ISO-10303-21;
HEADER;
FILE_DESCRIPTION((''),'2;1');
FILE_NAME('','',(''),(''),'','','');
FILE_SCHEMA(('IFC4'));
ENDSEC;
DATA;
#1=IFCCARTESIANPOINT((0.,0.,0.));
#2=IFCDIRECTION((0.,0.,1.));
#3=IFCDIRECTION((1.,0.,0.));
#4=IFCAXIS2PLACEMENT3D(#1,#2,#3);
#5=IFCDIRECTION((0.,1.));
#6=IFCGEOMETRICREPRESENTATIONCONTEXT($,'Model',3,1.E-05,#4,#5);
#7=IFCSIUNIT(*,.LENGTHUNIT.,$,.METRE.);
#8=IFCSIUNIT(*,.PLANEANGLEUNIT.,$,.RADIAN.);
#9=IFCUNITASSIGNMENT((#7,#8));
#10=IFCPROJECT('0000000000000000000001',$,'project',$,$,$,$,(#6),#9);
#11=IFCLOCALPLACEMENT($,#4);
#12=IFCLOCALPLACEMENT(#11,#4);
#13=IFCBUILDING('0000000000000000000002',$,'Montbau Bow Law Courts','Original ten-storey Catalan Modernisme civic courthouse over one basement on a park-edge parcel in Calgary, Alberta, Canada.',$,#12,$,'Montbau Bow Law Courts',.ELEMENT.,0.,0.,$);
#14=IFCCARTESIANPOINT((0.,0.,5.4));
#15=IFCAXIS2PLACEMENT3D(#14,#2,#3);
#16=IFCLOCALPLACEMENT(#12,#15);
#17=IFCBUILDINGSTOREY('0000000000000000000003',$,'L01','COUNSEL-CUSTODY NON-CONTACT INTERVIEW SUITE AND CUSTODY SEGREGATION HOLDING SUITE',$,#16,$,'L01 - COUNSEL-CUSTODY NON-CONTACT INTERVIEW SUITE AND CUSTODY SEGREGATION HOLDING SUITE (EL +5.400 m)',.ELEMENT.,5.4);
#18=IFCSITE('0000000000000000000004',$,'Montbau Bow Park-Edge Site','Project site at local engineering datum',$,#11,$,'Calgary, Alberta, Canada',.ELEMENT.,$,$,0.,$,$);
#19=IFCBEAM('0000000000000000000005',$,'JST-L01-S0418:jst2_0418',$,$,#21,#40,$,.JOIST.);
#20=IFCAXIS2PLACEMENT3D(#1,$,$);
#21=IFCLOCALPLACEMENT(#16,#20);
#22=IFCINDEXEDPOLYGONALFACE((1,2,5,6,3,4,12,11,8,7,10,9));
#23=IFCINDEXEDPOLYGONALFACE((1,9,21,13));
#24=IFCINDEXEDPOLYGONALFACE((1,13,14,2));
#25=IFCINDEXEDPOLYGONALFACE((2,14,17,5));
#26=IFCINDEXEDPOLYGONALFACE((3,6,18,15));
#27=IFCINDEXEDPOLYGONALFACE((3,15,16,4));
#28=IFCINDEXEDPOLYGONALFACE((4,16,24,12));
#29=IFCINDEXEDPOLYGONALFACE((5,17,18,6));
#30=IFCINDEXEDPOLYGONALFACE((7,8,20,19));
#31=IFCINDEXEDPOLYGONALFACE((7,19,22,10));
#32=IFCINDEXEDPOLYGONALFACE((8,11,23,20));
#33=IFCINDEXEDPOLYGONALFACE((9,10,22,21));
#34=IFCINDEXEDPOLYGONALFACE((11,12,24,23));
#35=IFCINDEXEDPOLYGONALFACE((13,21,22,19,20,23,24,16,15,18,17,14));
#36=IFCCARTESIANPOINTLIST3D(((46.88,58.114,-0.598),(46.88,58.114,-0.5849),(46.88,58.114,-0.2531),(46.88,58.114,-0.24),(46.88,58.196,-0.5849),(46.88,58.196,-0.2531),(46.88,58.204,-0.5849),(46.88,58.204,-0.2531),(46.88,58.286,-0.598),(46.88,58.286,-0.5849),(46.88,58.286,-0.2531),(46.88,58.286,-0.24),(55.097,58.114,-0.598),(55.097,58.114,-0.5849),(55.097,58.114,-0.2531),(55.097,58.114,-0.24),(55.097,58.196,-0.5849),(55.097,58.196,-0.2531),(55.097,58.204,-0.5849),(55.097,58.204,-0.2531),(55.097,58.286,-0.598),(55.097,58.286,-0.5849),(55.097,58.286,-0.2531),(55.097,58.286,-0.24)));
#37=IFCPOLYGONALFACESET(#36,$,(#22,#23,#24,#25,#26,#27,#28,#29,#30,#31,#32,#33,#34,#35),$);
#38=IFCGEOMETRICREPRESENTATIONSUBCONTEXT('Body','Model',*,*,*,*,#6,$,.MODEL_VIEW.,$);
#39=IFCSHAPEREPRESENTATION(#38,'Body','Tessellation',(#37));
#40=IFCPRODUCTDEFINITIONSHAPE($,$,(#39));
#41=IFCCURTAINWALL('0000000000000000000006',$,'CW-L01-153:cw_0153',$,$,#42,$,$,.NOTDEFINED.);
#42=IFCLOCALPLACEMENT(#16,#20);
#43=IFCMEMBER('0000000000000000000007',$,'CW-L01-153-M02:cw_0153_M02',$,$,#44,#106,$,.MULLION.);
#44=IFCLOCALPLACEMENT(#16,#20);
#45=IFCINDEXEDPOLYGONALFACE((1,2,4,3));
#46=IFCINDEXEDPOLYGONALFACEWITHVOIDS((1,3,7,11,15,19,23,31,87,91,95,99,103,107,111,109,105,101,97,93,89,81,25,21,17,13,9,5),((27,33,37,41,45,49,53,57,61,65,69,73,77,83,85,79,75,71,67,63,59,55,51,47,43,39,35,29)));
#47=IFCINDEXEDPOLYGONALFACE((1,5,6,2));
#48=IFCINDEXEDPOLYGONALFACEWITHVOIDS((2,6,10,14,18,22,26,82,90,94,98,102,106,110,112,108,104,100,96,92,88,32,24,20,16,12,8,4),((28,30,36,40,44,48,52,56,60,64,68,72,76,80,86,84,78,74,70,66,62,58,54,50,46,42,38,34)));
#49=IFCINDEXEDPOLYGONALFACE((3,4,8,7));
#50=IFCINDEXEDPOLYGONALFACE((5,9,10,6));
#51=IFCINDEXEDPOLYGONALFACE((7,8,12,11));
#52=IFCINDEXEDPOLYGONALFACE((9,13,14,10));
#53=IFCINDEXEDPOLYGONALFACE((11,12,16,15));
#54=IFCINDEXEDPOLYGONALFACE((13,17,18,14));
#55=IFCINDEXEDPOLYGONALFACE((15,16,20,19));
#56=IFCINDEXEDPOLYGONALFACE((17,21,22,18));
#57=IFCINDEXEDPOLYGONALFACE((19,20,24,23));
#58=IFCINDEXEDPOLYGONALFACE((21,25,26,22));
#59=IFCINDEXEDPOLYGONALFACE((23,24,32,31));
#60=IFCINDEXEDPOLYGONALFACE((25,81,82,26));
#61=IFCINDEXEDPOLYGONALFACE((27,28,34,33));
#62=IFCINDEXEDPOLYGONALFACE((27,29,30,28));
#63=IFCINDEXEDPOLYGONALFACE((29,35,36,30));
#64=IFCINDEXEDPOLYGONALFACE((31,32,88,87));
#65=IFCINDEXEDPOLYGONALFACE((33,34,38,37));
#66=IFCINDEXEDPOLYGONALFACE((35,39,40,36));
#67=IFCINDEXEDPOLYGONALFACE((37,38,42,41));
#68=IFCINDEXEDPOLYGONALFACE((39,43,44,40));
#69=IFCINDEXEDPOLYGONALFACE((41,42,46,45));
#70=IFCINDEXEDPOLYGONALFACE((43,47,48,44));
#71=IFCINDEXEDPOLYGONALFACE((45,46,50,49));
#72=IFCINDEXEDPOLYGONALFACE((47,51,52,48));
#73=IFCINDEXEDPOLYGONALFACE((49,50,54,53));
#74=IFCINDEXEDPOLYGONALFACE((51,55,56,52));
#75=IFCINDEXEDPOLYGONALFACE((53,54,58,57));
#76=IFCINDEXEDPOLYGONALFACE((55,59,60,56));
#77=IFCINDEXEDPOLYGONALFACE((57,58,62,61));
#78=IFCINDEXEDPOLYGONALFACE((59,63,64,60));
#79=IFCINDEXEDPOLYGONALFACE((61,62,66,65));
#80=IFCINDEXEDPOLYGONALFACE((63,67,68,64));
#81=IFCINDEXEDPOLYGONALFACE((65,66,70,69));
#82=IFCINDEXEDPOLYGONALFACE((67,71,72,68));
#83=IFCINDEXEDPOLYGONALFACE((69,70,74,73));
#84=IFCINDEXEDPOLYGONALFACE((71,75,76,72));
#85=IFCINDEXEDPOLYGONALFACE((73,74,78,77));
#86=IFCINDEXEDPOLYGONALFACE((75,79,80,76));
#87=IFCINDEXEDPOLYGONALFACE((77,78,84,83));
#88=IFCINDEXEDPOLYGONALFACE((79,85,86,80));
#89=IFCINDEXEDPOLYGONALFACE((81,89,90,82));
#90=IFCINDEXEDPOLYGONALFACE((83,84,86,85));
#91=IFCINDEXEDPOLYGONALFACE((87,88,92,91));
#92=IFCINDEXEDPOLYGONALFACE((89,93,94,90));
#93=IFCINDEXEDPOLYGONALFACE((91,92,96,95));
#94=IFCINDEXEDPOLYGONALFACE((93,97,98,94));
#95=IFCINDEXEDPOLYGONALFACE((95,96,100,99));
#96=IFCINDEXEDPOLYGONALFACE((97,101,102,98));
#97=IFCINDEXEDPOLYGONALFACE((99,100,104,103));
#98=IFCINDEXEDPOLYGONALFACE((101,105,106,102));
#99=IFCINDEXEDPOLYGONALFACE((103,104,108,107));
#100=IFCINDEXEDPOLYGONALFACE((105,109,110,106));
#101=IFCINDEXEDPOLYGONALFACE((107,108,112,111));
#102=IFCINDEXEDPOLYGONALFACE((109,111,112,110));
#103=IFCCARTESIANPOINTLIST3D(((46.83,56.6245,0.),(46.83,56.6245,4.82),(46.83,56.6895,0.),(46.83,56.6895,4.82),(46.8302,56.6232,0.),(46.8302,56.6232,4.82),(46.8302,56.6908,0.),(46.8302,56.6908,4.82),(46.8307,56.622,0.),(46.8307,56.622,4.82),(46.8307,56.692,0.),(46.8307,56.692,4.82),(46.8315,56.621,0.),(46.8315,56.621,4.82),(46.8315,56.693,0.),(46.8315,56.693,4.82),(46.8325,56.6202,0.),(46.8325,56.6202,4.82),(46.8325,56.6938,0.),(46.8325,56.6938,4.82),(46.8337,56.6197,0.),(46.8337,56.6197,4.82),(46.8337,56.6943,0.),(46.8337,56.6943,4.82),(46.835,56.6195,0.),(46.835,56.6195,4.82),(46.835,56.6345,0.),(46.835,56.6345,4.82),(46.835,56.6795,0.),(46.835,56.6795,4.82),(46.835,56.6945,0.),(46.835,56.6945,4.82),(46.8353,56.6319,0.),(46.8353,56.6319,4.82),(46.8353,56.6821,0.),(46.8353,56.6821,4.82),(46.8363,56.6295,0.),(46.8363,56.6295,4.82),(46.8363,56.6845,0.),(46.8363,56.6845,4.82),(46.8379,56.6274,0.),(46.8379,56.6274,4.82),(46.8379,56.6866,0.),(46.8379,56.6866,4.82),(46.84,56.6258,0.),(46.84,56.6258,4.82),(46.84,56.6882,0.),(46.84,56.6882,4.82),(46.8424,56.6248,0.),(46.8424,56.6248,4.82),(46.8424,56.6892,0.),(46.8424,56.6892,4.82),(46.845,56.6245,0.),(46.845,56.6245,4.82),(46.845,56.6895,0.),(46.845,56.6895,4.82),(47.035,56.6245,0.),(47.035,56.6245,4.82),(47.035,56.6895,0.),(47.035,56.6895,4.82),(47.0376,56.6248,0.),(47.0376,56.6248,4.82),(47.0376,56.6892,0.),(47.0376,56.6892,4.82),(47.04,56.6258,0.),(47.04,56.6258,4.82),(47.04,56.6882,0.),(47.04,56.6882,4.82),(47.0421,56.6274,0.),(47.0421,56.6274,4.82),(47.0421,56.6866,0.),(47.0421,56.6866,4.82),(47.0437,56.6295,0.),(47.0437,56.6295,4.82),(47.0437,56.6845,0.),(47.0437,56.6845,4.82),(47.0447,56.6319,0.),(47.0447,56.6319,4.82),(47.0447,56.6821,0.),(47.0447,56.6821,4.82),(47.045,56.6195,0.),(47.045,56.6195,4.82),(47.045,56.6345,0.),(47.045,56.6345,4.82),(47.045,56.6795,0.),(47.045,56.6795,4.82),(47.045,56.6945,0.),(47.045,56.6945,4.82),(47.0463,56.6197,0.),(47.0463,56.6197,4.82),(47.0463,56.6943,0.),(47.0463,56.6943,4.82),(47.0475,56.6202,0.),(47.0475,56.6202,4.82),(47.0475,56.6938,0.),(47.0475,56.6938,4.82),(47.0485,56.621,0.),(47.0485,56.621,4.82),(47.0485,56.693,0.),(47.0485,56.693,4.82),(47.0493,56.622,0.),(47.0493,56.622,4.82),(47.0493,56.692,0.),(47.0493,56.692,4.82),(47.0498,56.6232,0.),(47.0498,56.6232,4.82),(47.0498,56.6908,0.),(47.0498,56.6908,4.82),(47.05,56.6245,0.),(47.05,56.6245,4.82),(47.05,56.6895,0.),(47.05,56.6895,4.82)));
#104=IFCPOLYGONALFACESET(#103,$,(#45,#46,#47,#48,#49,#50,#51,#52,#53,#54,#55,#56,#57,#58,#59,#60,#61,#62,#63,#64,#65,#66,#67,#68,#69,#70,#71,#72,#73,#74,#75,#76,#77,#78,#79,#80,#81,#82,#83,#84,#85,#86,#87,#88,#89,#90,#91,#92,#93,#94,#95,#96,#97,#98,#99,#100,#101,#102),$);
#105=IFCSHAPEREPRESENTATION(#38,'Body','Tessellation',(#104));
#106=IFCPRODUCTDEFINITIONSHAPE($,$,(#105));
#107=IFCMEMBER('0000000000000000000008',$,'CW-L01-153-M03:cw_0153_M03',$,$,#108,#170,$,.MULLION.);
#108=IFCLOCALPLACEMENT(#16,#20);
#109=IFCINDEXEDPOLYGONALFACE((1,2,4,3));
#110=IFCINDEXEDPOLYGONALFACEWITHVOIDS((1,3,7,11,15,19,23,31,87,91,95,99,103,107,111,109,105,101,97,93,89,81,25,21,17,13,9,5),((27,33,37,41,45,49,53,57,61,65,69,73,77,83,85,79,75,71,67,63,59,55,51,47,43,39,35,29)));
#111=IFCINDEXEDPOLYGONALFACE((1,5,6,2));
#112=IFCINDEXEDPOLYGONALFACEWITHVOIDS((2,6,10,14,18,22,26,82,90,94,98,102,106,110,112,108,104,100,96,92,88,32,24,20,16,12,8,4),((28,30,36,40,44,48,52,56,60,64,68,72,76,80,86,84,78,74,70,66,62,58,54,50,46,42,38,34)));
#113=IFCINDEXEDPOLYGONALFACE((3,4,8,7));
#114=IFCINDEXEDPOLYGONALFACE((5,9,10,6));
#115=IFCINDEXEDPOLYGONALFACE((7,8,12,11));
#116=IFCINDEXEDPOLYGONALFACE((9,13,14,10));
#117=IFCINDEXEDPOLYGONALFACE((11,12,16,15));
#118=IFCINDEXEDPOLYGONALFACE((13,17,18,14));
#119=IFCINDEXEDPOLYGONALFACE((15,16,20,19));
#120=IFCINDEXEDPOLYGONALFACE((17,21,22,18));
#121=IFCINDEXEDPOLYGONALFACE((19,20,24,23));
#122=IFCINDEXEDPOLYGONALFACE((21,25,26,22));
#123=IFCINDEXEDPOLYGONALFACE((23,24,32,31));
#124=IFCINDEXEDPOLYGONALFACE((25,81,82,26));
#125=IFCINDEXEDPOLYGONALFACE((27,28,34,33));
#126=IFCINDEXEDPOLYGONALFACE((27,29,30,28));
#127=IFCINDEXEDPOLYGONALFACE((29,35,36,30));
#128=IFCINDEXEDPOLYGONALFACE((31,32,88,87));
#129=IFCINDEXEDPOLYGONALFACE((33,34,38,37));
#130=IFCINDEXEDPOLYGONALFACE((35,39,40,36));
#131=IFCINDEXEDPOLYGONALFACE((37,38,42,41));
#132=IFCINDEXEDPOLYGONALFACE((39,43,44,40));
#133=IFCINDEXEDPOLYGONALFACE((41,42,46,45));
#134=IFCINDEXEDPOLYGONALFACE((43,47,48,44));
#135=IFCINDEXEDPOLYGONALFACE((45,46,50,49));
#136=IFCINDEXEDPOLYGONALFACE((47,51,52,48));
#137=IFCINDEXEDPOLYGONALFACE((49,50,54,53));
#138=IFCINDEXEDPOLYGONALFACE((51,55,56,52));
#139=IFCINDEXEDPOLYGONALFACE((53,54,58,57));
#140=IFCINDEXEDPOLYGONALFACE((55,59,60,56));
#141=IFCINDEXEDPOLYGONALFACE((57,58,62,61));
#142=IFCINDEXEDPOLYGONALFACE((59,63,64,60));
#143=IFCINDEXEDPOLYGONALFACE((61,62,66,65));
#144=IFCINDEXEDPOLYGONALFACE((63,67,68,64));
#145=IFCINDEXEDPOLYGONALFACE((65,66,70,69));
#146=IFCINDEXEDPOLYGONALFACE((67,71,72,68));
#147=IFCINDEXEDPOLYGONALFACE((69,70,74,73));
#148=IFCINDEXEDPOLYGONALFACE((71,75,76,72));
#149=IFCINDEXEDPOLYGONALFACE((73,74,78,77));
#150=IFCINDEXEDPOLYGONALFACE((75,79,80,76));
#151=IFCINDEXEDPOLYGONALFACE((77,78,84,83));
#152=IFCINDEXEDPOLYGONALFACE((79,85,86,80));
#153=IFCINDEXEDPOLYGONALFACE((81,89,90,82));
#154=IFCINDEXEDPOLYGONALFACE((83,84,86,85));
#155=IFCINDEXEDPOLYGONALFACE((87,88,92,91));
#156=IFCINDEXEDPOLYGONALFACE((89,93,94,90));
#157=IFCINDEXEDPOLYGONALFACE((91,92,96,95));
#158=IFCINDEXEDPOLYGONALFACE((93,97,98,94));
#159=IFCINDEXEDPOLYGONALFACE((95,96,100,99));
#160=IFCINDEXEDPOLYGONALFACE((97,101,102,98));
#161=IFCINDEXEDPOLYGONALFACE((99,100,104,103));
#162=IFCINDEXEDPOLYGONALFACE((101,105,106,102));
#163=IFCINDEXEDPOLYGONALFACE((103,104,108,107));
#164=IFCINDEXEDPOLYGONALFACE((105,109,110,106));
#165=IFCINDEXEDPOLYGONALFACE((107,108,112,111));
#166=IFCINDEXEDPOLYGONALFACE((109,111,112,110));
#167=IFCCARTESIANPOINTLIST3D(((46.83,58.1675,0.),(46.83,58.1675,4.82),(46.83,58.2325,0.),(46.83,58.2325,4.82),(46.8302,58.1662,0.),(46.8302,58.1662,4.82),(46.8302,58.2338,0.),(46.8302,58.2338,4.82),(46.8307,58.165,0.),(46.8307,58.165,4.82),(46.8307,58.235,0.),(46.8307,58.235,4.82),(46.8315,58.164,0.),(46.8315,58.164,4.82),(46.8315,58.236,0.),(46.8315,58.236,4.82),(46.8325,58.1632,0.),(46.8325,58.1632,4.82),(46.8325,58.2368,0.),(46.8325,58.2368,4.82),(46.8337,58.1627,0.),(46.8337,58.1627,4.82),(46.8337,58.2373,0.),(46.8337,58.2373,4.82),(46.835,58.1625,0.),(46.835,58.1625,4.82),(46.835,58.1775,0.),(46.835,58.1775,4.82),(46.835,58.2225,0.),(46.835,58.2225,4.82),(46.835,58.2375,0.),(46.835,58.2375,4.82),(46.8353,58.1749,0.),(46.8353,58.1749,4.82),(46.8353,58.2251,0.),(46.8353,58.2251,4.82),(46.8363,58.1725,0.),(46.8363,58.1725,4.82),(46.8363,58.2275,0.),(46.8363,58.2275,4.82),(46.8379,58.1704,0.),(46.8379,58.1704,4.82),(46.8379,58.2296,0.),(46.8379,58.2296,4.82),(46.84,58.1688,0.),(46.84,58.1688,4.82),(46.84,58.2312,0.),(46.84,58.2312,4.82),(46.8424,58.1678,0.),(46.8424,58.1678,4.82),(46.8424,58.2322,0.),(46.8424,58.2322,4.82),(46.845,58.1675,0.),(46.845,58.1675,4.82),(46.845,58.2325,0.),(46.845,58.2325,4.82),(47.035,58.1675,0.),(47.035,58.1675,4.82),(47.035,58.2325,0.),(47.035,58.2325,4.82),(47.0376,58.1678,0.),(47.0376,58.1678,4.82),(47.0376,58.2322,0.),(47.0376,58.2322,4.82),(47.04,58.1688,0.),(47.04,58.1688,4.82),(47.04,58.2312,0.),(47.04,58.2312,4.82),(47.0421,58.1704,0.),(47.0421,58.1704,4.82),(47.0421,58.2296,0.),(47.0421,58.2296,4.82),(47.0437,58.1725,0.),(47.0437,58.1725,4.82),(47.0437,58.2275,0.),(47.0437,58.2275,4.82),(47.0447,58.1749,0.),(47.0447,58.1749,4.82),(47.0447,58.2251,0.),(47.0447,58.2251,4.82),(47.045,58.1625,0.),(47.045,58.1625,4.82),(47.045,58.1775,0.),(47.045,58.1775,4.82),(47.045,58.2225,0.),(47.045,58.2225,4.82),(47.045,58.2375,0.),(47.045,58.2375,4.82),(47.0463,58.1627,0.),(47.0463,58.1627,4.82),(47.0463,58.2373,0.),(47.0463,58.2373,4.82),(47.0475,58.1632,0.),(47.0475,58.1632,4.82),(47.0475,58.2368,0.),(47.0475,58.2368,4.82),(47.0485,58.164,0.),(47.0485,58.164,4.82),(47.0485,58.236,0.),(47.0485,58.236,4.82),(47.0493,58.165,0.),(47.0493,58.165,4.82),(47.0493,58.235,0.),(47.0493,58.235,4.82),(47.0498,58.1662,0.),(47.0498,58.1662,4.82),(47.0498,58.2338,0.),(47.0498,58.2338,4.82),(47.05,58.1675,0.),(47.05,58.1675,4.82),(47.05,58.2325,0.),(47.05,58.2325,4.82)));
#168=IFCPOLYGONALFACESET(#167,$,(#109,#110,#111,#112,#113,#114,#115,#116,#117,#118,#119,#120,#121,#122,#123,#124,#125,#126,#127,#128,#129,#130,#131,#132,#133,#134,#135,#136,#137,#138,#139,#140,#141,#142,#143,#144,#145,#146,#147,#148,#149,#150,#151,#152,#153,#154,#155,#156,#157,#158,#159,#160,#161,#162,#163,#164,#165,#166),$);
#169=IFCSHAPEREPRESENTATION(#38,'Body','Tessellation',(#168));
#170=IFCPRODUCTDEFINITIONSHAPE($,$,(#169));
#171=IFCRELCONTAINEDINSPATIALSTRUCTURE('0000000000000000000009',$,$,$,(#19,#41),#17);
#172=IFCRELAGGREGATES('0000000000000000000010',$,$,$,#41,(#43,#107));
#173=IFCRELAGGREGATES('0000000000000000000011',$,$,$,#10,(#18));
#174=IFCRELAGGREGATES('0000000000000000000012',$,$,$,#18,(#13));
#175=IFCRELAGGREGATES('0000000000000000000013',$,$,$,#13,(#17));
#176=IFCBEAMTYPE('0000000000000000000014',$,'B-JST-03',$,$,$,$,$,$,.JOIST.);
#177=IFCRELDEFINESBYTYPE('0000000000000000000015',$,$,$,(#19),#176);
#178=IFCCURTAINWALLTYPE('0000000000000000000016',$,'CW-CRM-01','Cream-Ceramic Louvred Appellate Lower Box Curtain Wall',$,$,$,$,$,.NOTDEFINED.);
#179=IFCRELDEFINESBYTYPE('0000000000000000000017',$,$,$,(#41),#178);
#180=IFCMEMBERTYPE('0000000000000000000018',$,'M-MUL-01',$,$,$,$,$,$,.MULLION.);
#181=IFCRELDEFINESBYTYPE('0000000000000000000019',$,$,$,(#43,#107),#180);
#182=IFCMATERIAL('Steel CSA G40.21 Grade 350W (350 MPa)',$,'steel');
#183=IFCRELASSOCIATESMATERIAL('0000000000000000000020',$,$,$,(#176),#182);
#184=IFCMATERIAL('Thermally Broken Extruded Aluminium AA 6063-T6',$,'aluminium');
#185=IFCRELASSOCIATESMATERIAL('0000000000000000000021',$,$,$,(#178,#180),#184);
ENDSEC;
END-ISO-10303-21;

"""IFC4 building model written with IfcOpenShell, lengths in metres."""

from ifc_helpers import new_model, si_unit, direction, frame, origin_with_axes, origin_2d_with_axis, place, context, subcontext, project, spatial, hollow_rectangle, i_section, extrude, material, material_profile, profile_set, type_object, element, aggregate, save


model = new_model("IFC4")

# Units and contexts
model_context = context("Model", 3, precision=1e-05, world=origin_with_axes(), true_north=direction((0.0, 1.0)))
body_context = subcontext(model_context, "Body", "Model", "MODEL_VIEW")
ifc_project = project(units=[si_unit("LENGTHUNIT", "METRE"), si_unit("PLANEANGLEUNIT", "RADIAN")], contexts=[model_context])

# Site, building, storey
site_placement = place(None, origin_with_axes())
site = spatial("IfcSite", under=ifc_project, at=site_placement, Name="Montbau Bow Park-Edge Site", Description="Project site at local engineering datum", LongName="Calgary, Alberta, Canada", CompositionType="ELEMENT", RefElevation=0.0)
building_placement = place(site_placement, origin_with_axes())
building = spatial("IfcBuilding", under=site, at=building_placement, Name="Montbau Bow Law Courts", Description="Original ten-storey Catalan Modernisme civic courthouse over one basement on a park-edge parcel in Calgary, Alberta, Canada.", LongName="Montbau Bow Law Courts", CompositionType="ELEMENT", ElevationOfRefHeight=0.0, ElevationOfTerrain=0.0)
storey_placement = place(building_placement, frame((0.0, 0.0, 5.4), z_axis=(0.0, 0.0, 1.0), x_axis=(1.0, 0.0, 0.0)))
storey = spatial("IfcBuildingStorey", under=building, at=storey_placement, Name="L01", Description="COUNSEL-CUSTODY NON-CONTACT INTERVIEW SUITE AND CUSTODY SEGREGATION HOLDING SUITE", LongName="L01 - COUNSEL-CUSTODY NON-CONTACT INTERVIEW SUITE AND CUSTODY SEGREGATION HOLDING SUITE (EL +5.400 m)", CompositionType="ELEMENT", Elevation=5.4)

# Beam
ifc_material_1 = material(Name="Steel CSA G40.21 Grade 350W (350 MPa)", Category="steel")
ifc_material_profile_1 = material_profile(ifc_material_1, i_section(OverallWidth=0.172, OverallDepth=0.358, WebThickness=0.0079, FlangeThickness=0.0131, at=origin_2d_with_axis()), Name="W360X57", Category="Main", Priority=0)
ifc_profile_set_1 = profile_set([ifc_material_profile_1], Name="Steel CSA G40.21 Grade 350W (350 MPa)")
beam_type = type_object("IfcBeamType", Name="B-JST-03", PredefinedType="JOIST", material=ifc_profile_set_1)
beam_placement = place(None, frame((46.88, 58.2, 4.981), z_axis=(1.0, 0.0, 0.0), x_axis=(0.0, 1.0, 0.0)))
element("IfcBeam", 1, at=beam_placement, inside=storey, type_object=beam_type, Name="JST-L01-S0418:jst2_0418", PredefinedType="JOIST", context=body_context, shape_type="SweptSolid", body=[
    extrude(i_section(OverallWidth=0.172, OverallDepth=0.358, WebThickness=0.0079, FlangeThickness=0.0131, at=origin_2d_with_axis()), origin_with_axes(), (0.0, 0.0, 1.0), 8.217),
])

# Curtain wall, members
ifc_material_2 = material(Name="Thermally Broken Extruded Aluminium AA 6063-T6", Category="aluminium")
curtain_wall_type = type_object("IfcCurtainWallType", Name="CW-CRM-01", Description="Cream-Ceramic Louvred Appellate Lower Box Curtain Wall", PredefinedType="NOTDEFINED", material=ifc_material_2)
curtain_wall_placement = place(None, frame((46.94, 55.115, 5.4), z_axis=(0.0, 0.0, 1.0), x_axis=(1.0, 0.0, 0.0)))
curtain_wall = element("IfcCurtainWall", 2, at=curtain_wall_placement, inside=storey, type_object=curtain_wall_type, Name="CW-L01-153:cw_0153", PredefinedType="NOTDEFINED")
ifc_material_profile_2 = material_profile(ifc_material_2, hollow_rectangle(XDim=0.075, YDim=0.22, WallThickness=0.005, InnerFilletRadius=0.01, OuterFilletRadius=0.005, at=origin_2d_with_axis()), Name="CWM-220X75", Category="Main", Priority=0)
ifc_profile_set_2 = profile_set([ifc_material_profile_2], Name="Thermally Broken Extruded Aluminium AA 6063-T6")
member_type_1 = type_object("IfcMemberType", Name="M-MUL-01", PredefinedType="MULLION", material=ifc_profile_set_2)
member_1_placement = place(None, frame((46.94, 56.657, 5.4), z_axis=(0.0, 0.0, 1.0), x_axis=(0.0, 1.0, 0.0)))
member_1 = element("IfcMember", 3, at=member_1_placement, type_object=member_type_1, Name="CW-L01-153-M02:cw_0153_M02", PredefinedType="MULLION", context=body_context, shape_type="SweptSolid", body=[
    extrude(hollow_rectangle(XDim=0.075, YDim=0.22, WallThickness=0.005, InnerFilletRadius=0.01, OuterFilletRadius=0.005, at=origin_2d_with_axis()), origin_with_axes(), (0.0, 0.0, 1.0), 4.82),
])
member_2_placement = place(None, frame((46.94, 58.2, 5.4), z_axis=(0.0, 0.0, 1.0), x_axis=(0.0, 1.0, 0.0)))
member_2 = element("IfcMember", 4, at=member_2_placement, type_object=member_type_1, Name="CW-L01-153-M03:cw_0153_M03", PredefinedType="MULLION", context=body_context, shape_type="SweptSolid", body=[
    extrude(hollow_rectangle(XDim=0.075, YDim=0.22, WallThickness=0.005, InnerFilletRadius=0.01, OuterFilletRadius=0.005, at=origin_2d_with_axis()), origin_with_axes(), (0.0, 0.0, 1.0), 4.82),
])
aggregate(curtain_wall, [member_1, member_2])

save(model, "model.ifc")
